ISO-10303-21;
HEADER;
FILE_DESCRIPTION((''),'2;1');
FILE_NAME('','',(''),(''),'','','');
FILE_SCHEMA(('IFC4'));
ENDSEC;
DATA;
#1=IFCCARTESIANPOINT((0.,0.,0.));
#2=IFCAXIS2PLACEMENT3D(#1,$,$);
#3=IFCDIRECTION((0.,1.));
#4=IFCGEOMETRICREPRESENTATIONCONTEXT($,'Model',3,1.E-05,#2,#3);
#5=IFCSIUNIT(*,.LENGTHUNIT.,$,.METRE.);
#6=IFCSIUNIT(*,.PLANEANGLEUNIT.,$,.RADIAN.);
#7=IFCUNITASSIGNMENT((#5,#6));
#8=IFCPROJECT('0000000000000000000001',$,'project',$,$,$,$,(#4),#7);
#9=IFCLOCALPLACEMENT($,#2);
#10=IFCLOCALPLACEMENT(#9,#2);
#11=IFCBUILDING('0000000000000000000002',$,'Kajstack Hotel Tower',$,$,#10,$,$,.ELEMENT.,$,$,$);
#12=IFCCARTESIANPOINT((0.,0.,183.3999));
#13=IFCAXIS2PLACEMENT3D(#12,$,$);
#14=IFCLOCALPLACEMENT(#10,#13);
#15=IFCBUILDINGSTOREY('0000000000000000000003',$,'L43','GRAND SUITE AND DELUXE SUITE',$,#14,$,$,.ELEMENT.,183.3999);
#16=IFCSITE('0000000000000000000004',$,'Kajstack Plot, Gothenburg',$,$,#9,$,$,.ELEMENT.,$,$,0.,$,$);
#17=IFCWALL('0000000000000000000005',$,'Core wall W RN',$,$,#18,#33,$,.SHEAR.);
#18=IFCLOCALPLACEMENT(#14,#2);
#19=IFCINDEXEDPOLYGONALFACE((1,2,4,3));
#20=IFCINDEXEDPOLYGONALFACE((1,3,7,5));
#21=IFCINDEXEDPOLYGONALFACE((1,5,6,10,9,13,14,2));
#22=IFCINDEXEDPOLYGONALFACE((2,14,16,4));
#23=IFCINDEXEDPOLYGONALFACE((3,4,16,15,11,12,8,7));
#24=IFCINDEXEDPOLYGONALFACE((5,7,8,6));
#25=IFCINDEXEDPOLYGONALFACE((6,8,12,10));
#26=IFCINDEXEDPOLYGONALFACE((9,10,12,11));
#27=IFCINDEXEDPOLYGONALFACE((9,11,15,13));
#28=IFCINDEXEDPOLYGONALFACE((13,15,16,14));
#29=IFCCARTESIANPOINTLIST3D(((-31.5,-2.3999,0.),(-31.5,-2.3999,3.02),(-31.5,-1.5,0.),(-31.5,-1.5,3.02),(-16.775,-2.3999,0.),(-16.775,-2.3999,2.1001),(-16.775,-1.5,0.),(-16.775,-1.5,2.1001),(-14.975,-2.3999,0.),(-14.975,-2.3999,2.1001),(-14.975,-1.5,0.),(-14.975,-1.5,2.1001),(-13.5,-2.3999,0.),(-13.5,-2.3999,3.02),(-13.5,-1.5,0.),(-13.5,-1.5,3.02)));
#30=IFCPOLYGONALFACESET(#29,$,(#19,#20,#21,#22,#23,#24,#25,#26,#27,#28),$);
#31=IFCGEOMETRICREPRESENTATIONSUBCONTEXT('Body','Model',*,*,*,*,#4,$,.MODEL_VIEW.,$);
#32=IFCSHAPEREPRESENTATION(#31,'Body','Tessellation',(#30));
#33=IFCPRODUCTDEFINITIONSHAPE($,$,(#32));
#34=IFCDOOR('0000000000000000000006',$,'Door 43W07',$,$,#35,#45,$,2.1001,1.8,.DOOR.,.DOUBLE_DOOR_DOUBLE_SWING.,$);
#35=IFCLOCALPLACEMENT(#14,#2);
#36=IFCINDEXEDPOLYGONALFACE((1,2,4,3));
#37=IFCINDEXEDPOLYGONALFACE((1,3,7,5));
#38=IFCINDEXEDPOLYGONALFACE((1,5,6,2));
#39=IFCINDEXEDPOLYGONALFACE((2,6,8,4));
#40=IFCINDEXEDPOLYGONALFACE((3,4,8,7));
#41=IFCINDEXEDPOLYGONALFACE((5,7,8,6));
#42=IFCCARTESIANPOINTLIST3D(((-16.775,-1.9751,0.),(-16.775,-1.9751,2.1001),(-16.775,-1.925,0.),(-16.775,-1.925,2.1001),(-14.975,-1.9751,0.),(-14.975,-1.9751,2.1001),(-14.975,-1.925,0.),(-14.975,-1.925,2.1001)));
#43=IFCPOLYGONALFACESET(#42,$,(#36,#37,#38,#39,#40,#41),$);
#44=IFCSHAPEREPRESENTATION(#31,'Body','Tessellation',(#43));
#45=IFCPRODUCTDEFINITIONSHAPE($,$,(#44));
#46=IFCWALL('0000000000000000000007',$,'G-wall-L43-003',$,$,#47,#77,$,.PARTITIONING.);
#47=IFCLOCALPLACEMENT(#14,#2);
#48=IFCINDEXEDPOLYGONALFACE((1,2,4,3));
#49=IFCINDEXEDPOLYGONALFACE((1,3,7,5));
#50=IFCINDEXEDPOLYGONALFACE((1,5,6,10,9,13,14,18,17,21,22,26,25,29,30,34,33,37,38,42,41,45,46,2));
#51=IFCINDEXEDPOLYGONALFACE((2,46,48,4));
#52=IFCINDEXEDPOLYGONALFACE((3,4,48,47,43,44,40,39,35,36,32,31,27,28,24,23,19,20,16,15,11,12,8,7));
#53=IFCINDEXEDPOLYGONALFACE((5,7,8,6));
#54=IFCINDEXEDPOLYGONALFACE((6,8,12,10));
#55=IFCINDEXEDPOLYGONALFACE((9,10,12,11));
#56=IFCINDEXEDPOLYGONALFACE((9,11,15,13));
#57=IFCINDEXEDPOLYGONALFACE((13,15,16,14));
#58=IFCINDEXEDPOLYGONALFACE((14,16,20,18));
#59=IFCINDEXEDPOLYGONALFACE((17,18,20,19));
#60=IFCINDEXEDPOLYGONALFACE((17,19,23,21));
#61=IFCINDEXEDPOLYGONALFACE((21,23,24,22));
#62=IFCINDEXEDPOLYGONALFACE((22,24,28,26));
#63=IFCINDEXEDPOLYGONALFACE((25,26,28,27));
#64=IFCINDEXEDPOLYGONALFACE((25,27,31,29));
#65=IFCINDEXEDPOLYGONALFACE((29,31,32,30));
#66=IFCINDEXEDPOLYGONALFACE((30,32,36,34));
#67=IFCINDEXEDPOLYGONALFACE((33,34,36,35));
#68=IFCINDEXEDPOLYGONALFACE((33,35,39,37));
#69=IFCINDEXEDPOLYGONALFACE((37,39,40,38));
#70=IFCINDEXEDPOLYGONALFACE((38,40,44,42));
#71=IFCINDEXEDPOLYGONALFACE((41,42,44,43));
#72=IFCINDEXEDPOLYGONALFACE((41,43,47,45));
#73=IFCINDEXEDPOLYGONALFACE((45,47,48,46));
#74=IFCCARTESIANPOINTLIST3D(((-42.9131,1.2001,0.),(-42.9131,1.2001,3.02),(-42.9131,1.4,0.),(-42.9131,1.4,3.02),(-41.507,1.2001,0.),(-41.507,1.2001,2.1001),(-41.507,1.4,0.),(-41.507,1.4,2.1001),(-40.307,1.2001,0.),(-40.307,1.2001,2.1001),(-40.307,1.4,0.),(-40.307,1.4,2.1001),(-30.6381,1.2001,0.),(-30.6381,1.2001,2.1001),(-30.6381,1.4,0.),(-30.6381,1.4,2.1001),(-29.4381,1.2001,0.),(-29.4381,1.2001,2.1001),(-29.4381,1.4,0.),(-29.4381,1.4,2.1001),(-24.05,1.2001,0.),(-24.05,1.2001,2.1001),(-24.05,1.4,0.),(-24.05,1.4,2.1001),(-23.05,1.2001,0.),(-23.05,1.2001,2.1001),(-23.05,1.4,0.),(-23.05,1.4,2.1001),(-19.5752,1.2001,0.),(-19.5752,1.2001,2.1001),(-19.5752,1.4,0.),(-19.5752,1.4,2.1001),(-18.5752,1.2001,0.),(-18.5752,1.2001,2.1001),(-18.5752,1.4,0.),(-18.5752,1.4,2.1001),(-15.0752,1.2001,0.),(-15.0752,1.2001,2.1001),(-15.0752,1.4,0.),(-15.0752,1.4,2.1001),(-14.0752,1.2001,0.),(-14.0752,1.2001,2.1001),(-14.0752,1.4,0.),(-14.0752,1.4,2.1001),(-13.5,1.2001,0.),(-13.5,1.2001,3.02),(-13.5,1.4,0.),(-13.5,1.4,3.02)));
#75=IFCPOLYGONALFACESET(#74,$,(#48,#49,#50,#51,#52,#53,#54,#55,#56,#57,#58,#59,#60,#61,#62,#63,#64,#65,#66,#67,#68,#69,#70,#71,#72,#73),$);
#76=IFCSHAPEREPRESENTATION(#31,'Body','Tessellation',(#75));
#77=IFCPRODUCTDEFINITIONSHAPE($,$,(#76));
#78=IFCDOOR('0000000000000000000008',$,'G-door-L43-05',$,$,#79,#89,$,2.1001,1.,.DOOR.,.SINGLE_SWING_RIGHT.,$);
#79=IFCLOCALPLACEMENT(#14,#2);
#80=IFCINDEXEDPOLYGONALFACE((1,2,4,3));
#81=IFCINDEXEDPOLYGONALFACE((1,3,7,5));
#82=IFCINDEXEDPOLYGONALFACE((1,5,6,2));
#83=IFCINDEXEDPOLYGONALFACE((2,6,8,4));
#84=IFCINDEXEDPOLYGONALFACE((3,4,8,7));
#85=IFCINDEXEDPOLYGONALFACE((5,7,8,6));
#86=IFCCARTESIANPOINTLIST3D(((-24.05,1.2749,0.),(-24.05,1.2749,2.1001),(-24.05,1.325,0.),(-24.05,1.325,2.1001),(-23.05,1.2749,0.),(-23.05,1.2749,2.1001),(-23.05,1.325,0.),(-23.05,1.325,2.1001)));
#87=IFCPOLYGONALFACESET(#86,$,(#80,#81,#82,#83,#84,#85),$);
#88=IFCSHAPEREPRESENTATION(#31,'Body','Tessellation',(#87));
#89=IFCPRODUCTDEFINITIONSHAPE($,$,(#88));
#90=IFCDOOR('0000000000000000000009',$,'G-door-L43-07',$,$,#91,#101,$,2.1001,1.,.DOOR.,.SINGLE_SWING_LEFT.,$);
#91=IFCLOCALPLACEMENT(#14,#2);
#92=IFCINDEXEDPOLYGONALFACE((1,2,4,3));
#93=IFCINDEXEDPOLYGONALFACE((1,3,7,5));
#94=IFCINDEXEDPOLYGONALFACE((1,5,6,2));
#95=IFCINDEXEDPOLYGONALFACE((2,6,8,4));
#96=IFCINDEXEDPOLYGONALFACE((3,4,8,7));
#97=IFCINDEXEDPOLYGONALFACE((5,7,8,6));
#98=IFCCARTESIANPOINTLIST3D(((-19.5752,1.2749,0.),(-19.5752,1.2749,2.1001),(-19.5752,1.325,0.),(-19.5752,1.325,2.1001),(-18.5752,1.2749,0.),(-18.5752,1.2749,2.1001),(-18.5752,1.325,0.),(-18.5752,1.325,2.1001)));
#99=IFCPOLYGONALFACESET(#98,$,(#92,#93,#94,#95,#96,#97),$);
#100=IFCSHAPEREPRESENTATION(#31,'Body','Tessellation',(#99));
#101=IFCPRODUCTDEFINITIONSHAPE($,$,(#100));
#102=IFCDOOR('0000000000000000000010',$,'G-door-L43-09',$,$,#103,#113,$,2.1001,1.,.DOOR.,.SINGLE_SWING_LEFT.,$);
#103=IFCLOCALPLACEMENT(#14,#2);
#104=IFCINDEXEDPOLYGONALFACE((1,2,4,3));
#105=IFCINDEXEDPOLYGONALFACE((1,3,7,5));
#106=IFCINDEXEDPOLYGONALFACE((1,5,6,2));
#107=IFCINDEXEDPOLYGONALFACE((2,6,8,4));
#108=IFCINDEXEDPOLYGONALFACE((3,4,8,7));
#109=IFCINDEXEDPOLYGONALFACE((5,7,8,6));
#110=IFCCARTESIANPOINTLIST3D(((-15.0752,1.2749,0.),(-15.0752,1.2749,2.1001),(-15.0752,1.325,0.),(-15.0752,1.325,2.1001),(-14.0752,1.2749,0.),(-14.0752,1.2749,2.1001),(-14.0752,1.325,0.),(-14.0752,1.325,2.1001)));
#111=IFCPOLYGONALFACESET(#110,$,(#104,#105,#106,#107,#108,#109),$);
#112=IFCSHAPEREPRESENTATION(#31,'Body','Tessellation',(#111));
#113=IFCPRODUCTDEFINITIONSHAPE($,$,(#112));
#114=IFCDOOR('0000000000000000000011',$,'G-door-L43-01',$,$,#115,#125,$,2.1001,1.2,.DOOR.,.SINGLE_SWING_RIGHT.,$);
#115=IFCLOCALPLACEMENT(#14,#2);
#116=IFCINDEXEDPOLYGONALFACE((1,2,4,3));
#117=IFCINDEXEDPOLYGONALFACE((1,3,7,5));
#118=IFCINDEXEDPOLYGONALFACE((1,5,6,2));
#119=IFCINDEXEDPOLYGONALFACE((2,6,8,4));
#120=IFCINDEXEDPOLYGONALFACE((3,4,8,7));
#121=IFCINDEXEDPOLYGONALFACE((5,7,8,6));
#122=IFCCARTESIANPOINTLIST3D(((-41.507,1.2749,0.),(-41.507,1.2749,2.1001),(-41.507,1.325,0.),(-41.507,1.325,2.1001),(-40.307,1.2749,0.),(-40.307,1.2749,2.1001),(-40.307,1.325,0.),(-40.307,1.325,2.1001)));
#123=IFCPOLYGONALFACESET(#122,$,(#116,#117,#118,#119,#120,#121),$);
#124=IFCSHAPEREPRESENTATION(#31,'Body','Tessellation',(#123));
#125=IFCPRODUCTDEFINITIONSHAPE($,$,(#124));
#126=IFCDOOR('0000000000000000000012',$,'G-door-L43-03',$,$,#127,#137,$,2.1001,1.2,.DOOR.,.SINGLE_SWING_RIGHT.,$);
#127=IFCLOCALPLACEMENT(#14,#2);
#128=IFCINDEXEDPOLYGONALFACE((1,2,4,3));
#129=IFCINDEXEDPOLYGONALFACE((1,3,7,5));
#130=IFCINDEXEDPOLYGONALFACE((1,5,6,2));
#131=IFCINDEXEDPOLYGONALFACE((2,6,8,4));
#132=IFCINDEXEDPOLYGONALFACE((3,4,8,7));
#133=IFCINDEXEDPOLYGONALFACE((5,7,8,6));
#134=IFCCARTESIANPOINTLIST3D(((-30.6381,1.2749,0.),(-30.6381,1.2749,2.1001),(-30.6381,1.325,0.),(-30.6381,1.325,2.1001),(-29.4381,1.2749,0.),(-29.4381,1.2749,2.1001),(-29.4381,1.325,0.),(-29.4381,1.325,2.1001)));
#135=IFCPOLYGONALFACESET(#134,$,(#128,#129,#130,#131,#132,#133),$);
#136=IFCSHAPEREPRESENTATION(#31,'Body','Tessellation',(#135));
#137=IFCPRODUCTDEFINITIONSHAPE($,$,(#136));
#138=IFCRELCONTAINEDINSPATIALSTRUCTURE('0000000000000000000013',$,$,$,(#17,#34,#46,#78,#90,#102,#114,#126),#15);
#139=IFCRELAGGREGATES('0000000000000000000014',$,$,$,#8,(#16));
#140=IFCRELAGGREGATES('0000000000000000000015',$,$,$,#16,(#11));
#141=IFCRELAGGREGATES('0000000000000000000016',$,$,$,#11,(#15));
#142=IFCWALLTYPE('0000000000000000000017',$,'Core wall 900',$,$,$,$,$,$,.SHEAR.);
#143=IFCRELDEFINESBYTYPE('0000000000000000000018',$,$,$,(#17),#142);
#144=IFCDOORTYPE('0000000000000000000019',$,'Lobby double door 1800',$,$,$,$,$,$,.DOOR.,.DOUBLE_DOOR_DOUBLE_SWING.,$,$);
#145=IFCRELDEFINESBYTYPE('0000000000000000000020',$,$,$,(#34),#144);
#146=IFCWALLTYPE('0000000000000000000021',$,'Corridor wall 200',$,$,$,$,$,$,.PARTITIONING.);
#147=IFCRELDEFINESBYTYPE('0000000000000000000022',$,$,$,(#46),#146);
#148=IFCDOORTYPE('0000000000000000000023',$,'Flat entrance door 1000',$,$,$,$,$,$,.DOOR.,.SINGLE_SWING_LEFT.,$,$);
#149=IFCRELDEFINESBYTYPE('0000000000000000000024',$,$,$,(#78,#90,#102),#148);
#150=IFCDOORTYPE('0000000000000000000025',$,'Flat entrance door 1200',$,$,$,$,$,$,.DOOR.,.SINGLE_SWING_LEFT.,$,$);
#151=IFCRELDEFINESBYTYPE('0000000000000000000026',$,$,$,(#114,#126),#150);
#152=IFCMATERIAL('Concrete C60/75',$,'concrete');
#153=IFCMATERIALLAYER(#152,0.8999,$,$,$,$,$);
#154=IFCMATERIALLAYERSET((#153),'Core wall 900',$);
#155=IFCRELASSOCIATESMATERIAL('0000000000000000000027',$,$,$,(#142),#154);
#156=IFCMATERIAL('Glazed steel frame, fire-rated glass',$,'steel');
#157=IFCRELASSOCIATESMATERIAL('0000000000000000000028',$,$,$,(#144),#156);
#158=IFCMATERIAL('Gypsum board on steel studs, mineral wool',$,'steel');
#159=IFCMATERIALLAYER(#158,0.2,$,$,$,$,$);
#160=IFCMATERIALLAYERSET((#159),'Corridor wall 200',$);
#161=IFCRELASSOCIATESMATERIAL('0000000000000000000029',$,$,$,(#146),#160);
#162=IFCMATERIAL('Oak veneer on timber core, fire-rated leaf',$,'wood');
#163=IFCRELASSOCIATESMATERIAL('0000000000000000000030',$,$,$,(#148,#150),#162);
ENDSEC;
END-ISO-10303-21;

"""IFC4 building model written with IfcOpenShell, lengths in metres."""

from ifc_helpers import new_model, si_unit, direction, frame, frame_2d, origin, place, context, subcontext, project, spatial, rectangle, extrude, material, layer, layer_set, type_object, element, fill, save


model = new_model("IFC4")

# Units and contexts
model_context = context("Model", 3, precision=1e-05, world=origin(), true_north=direction((0.0, 1.0)))
body_context = subcontext(model_context, "Body", "Model", "MODEL_VIEW")
ifc_project = project(units=[si_unit("LENGTHUNIT", "METRE"), si_unit("PLANEANGLEUNIT", "RADIAN")], contexts=[model_context])

# Site, building, storey
site_placement = place(None, origin())
site = spatial("IfcSite", under=ifc_project, at=site_placement, Name="Kajstack Plot, Gothenburg", CompositionType="ELEMENT", RefElevation=0.0)
building_placement = place(site_placement, origin())
building = spatial("IfcBuilding", under=site, at=building_placement, Name="Kajstack Hotel Tower", CompositionType="ELEMENT")
storey_placement = place(building_placement, frame((0.0, 0.0, 183.3999)))
storey = spatial("IfcBuildingStorey", under=building, at=storey_placement, Name="L43", Description="GRAND SUITE AND DELUXE SUITE", CompositionType="ELEMENT", Elevation=183.3999)

# Wall, opening, door
ifc_material_1 = material(Name="Concrete C60/75", Category="concrete")
ifc_layer_1 = layer(ifc_material_1, 0.8999)
ifc_layer_set_1 = layer_set([ifc_layer_1], Name="Core wall 900")
wall_type_1 = type_object("IfcWallType", Name="Core wall 900", PredefinedType="SHEAR", material=ifc_layer_set_1)
wall_1_placement = place(storey_placement, frame((-31.5, -1.95, 0.0), z_axis=(0.0, 0.0, 1.0), x_axis=(1.0, 0.0, 0.0)))
wall_1 = element("IfcWall", 1, at=wall_1_placement, inside=storey, type_object=wall_type_1, Name="Core wall W RN", PredefinedType="SHEAR", context=body_context, shape_type="SweptSolid", body=[
    extrude(rectangle(XDim=18.0, YDim=0.8999, at=frame_2d((9.0, 0.0))), origin(), (0.0, 0.0, 1.0), 3.02),
])
opening_1_placement = place(wall_1_placement, frame((14.7251, 0.0, 0.0)))
opening_1 = element("IfcOpeningElement", 2, at=opening_1_placement, cuts=wall_1, PredefinedType="OPENING", context=body_context, shape_type="SweptSolid", body=[
    extrude(rectangle(XDim=1.8, YDim=2.1001, at=frame_2d((0.8999, 1.05))), frame((0.0, 0.46, 0.0), z_axis=(0.0, -1.0, 0.0), x_axis=(1.0, 0.0, 0.0)), (0.0, 0.0, 1.0), 0.9199),
])
ifc_material_2 = material(Name="Glazed steel frame, fire-rated glass", Category="steel")
door_type_1 = type_object("IfcDoorType", Name="Lobby double door 1800", OperationType="DOUBLE_DOOR_DOUBLE_SWING", PredefinedType="DOOR", material=ifc_material_2)
door_1_placement = place(opening_1_placement, origin())
door_1 = element("IfcDoor", 3, at=door_1_placement, inside=storey, type_object=door_type_1, Name="Door 43W07", OperationType="DOUBLE_DOOR_DOUBLE_SWING", OverallHeight=2.1001, OverallWidth=1.8, PredefinedType="DOOR", context=body_context, shape_type="SweptSolid", body=[
    extrude(rectangle(XDim=1.8, YDim=2.1001, at=frame_2d((0.8999, 1.05))), frame((0.0, 0.0249, 0.0), z_axis=(0.0, -1.0, 0.0), x_axis=(1.0, 0.0, 0.0)), (0.0, 0.0, 1.0), 0.05),
])
fill(opening_1, door_1)

# Wall, openings, doors
ifc_material_3 = material(Name="Gypsum board on steel studs, mineral wool", Category="steel")
ifc_layer_2 = layer(ifc_material_3, 0.2)
ifc_layer_set_2 = layer_set([ifc_layer_2], Name="Corridor wall 200")
wall_type_2 = type_object("IfcWallType", Name="Corridor wall 200", PredefinedType="PARTITIONING", material=ifc_layer_set_2)
wall_2_placement = place(storey_placement, frame((-42.9131, 1.3, 0.0), z_axis=(0.0, 0.0, 1.0), x_axis=(1.0, 0.0, 0.0)))
wall_2 = element("IfcWall", 4, at=wall_2_placement, inside=storey, type_object=wall_type_2, Name="G-wall-L43-003", PredefinedType="PARTITIONING", context=body_context, shape_type="SweptSolid", body=[
    extrude(rectangle(XDim=29.4131, YDim=0.2, at=frame_2d((14.7065, 0.0))), origin(), (0.0, 0.0, 1.0), 3.02),
])
opening_2_placement = place(wall_2_placement, frame((1.406, 0.0, 0.0)))
opening_2 = element("IfcOpeningElement", 5, at=opening_2_placement, cuts=wall_2, PredefinedType="OPENING", context=body_context, shape_type="SweptSolid", body=[
    extrude(rectangle(XDim=1.2, YDim=2.1001, at=frame_2d((0.6001, 1.05))), frame((0.0, 0.1099, 0.0), z_axis=(0.0, -1.0, 0.0), x_axis=(1.0, 0.0, 0.0)), (0.0, 0.0, 1.0), 0.22),
])
opening_3_placement = place(wall_2_placement, frame((12.2749, 0.0, 0.0)))
opening_3 = element("IfcOpeningElement", 6, at=opening_3_placement, cuts=wall_2, PredefinedType="OPENING", context=body_context, shape_type="SweptSolid", body=[
    extrude(rectangle(XDim=1.2, YDim=2.1001, at=frame_2d((0.6001, 1.05))), frame((0.0, 0.1099, 0.0), z_axis=(0.0, -1.0, 0.0), x_axis=(1.0, 0.0, 0.0)), (0.0, 0.0, 1.0), 0.22),
])
opening_4_placement = place(wall_2_placement, frame((18.863, 0.0, 0.0)))
opening_4 = element("IfcOpeningElement", 7, at=opening_4_placement, cuts=wall_2, PredefinedType="OPENING", context=body_context, shape_type="SweptSolid", body=[
    extrude(rectangle(XDim=1.0, YDim=2.1001, at=frame_2d((0.5, 1.05))), frame((0.0, 0.1099, 0.0), z_axis=(0.0, -1.0, 0.0), x_axis=(1.0, 0.0, 0.0)), (0.0, 0.0, 1.0), 0.22),
])
opening_5_placement = place(wall_2_placement, frame((23.3379, 0.0, 0.0)))
opening_5 = element("IfcOpeningElement", 8, at=opening_5_placement, cuts=wall_2, PredefinedType="OPENING", context=body_context, shape_type="SweptSolid", body=[
    extrude(rectangle(XDim=1.0, YDim=2.1001, at=frame_2d((0.5, 1.05))), frame((0.0, 0.1099, 0.0), z_axis=(0.0, -1.0, 0.0), x_axis=(1.0, 0.0, 0.0)), (0.0, 0.0, 1.0), 0.22),
])
opening_6_placement = place(wall_2_placement, frame((27.8379, 0.0, 0.0)))
opening_6 = element("IfcOpeningElement", 9, at=opening_6_placement, cuts=wall_2, PredefinedType="OPENING", context=body_context, shape_type="SweptSolid", body=[
    extrude(rectangle(XDim=1.0, YDim=2.1001, at=frame_2d((0.5, 1.05))), frame((0.0, 0.1099, 0.0), z_axis=(0.0, -1.0, 0.0), x_axis=(1.0, 0.0, 0.0)), (0.0, 0.0, 1.0), 0.22),
])
ifc_material_4 = material(Name="Oak veneer on timber core, fire-rated leaf", Category="wood")
door_type_2 = type_object("IfcDoorType", Name="Flat entrance door 1000", OperationType="SINGLE_SWING_LEFT", PredefinedType="DOOR", material=ifc_material_4)
door_2_placement = place(opening_4_placement, origin())
door_2 = element("IfcDoor", 10, at=door_2_placement, inside=storey, type_object=door_type_2, Name="G-door-L43-05", OperationType="SINGLE_SWING_RIGHT", OverallHeight=2.1001, OverallWidth=1.0, PredefinedType="DOOR", context=body_context, shape_type="SweptSolid", body=[
    extrude(rectangle(XDim=1.0, YDim=2.1001, at=frame_2d((0.5, 1.05))), frame((0.0, 0.0249, 0.0), z_axis=(0.0, -1.0, 0.0), x_axis=(1.0, 0.0, 0.0)), (0.0, 0.0, 1.0), 0.05),
])
fill(opening_4, door_2)
door_3_placement = place(opening_5_placement, origin())
door_3 = element("IfcDoor", 11, at=door_3_placement, inside=storey, type_object=door_type_2, Name="G-door-L43-07", OperationType="SINGLE_SWING_LEFT", OverallHeight=2.1001, OverallWidth=1.0, PredefinedType="DOOR", context=body_context, shape_type="SweptSolid", body=[
    extrude(rectangle(XDim=1.0, YDim=2.1001, at=frame_2d((0.5, 1.05))), frame((0.0, 0.0249, 0.0), z_axis=(0.0, -1.0, 0.0), x_axis=(1.0, 0.0, 0.0)), (0.0, 0.0, 1.0), 0.05),
])
fill(opening_5, door_3)
door_4_placement = place(opening_6_placement, origin())
door_4 = element("IfcDoor", 12, at=door_4_placement, inside=storey, type_object=door_type_2, Name="G-door-L43-09", OperationType="SINGLE_SWING_LEFT", OverallHeight=2.1001, OverallWidth=1.0, PredefinedType="DOOR", context=body_context, shape_type="SweptSolid", body=[
    extrude(rectangle(XDim=1.0, YDim=2.1001, at=frame_2d((0.5, 1.05))), frame((0.0, 0.0249, 0.0), z_axis=(0.0, -1.0, 0.0), x_axis=(1.0, 0.0, 0.0)), (0.0, 0.0, 1.0), 0.05),
])
fill(opening_6, door_4)
door_type_3 = type_object("IfcDoorType", Name="Flat entrance door 1200", OperationType="SINGLE_SWING_LEFT", PredefinedType="DOOR", material=ifc_material_4)
door_5_placement = place(opening_2_placement, origin())
door_5 = element("IfcDoor", 13, at=door_5_placement, inside=storey, type_object=door_type_3, Name="G-door-L43-01", OperationType="SINGLE_SWING_RIGHT", OverallHeight=2.1001, OverallWidth=1.2, PredefinedType="DOOR", context=body_context, shape_type="SweptSolid", body=[
    extrude(rectangle(XDim=1.2, YDim=2.1001, at=frame_2d((0.6001, 1.05))), frame((0.0, 0.0249, 0.0), z_axis=(0.0, -1.0, 0.0), x_axis=(1.0, 0.0, 0.0)), (0.0, 0.0, 1.0), 0.05),
])
fill(opening_2, door_5)
door_6_placement = place(opening_3_placement, origin())
door_6 = element("IfcDoor", 14, at=door_6_placement, inside=storey, type_object=door_type_3, Name="G-door-L43-03", OperationType="SINGLE_SWING_RIGHT", OverallHeight=2.1001, OverallWidth=1.2, PredefinedType="DOOR", context=body_context, shape_type="SweptSolid", body=[
    extrude(rectangle(XDim=1.2, YDim=2.1001, at=frame_2d((0.6001, 1.05))), frame((0.0, 0.0249, 0.0), z_axis=(0.0, -1.0, 0.0), x_axis=(1.0, 0.0, 0.0)), (0.0, 0.0, 1.0), 0.05),
])
fill(opening_3, door_6)

save(model, "model.ifc")
